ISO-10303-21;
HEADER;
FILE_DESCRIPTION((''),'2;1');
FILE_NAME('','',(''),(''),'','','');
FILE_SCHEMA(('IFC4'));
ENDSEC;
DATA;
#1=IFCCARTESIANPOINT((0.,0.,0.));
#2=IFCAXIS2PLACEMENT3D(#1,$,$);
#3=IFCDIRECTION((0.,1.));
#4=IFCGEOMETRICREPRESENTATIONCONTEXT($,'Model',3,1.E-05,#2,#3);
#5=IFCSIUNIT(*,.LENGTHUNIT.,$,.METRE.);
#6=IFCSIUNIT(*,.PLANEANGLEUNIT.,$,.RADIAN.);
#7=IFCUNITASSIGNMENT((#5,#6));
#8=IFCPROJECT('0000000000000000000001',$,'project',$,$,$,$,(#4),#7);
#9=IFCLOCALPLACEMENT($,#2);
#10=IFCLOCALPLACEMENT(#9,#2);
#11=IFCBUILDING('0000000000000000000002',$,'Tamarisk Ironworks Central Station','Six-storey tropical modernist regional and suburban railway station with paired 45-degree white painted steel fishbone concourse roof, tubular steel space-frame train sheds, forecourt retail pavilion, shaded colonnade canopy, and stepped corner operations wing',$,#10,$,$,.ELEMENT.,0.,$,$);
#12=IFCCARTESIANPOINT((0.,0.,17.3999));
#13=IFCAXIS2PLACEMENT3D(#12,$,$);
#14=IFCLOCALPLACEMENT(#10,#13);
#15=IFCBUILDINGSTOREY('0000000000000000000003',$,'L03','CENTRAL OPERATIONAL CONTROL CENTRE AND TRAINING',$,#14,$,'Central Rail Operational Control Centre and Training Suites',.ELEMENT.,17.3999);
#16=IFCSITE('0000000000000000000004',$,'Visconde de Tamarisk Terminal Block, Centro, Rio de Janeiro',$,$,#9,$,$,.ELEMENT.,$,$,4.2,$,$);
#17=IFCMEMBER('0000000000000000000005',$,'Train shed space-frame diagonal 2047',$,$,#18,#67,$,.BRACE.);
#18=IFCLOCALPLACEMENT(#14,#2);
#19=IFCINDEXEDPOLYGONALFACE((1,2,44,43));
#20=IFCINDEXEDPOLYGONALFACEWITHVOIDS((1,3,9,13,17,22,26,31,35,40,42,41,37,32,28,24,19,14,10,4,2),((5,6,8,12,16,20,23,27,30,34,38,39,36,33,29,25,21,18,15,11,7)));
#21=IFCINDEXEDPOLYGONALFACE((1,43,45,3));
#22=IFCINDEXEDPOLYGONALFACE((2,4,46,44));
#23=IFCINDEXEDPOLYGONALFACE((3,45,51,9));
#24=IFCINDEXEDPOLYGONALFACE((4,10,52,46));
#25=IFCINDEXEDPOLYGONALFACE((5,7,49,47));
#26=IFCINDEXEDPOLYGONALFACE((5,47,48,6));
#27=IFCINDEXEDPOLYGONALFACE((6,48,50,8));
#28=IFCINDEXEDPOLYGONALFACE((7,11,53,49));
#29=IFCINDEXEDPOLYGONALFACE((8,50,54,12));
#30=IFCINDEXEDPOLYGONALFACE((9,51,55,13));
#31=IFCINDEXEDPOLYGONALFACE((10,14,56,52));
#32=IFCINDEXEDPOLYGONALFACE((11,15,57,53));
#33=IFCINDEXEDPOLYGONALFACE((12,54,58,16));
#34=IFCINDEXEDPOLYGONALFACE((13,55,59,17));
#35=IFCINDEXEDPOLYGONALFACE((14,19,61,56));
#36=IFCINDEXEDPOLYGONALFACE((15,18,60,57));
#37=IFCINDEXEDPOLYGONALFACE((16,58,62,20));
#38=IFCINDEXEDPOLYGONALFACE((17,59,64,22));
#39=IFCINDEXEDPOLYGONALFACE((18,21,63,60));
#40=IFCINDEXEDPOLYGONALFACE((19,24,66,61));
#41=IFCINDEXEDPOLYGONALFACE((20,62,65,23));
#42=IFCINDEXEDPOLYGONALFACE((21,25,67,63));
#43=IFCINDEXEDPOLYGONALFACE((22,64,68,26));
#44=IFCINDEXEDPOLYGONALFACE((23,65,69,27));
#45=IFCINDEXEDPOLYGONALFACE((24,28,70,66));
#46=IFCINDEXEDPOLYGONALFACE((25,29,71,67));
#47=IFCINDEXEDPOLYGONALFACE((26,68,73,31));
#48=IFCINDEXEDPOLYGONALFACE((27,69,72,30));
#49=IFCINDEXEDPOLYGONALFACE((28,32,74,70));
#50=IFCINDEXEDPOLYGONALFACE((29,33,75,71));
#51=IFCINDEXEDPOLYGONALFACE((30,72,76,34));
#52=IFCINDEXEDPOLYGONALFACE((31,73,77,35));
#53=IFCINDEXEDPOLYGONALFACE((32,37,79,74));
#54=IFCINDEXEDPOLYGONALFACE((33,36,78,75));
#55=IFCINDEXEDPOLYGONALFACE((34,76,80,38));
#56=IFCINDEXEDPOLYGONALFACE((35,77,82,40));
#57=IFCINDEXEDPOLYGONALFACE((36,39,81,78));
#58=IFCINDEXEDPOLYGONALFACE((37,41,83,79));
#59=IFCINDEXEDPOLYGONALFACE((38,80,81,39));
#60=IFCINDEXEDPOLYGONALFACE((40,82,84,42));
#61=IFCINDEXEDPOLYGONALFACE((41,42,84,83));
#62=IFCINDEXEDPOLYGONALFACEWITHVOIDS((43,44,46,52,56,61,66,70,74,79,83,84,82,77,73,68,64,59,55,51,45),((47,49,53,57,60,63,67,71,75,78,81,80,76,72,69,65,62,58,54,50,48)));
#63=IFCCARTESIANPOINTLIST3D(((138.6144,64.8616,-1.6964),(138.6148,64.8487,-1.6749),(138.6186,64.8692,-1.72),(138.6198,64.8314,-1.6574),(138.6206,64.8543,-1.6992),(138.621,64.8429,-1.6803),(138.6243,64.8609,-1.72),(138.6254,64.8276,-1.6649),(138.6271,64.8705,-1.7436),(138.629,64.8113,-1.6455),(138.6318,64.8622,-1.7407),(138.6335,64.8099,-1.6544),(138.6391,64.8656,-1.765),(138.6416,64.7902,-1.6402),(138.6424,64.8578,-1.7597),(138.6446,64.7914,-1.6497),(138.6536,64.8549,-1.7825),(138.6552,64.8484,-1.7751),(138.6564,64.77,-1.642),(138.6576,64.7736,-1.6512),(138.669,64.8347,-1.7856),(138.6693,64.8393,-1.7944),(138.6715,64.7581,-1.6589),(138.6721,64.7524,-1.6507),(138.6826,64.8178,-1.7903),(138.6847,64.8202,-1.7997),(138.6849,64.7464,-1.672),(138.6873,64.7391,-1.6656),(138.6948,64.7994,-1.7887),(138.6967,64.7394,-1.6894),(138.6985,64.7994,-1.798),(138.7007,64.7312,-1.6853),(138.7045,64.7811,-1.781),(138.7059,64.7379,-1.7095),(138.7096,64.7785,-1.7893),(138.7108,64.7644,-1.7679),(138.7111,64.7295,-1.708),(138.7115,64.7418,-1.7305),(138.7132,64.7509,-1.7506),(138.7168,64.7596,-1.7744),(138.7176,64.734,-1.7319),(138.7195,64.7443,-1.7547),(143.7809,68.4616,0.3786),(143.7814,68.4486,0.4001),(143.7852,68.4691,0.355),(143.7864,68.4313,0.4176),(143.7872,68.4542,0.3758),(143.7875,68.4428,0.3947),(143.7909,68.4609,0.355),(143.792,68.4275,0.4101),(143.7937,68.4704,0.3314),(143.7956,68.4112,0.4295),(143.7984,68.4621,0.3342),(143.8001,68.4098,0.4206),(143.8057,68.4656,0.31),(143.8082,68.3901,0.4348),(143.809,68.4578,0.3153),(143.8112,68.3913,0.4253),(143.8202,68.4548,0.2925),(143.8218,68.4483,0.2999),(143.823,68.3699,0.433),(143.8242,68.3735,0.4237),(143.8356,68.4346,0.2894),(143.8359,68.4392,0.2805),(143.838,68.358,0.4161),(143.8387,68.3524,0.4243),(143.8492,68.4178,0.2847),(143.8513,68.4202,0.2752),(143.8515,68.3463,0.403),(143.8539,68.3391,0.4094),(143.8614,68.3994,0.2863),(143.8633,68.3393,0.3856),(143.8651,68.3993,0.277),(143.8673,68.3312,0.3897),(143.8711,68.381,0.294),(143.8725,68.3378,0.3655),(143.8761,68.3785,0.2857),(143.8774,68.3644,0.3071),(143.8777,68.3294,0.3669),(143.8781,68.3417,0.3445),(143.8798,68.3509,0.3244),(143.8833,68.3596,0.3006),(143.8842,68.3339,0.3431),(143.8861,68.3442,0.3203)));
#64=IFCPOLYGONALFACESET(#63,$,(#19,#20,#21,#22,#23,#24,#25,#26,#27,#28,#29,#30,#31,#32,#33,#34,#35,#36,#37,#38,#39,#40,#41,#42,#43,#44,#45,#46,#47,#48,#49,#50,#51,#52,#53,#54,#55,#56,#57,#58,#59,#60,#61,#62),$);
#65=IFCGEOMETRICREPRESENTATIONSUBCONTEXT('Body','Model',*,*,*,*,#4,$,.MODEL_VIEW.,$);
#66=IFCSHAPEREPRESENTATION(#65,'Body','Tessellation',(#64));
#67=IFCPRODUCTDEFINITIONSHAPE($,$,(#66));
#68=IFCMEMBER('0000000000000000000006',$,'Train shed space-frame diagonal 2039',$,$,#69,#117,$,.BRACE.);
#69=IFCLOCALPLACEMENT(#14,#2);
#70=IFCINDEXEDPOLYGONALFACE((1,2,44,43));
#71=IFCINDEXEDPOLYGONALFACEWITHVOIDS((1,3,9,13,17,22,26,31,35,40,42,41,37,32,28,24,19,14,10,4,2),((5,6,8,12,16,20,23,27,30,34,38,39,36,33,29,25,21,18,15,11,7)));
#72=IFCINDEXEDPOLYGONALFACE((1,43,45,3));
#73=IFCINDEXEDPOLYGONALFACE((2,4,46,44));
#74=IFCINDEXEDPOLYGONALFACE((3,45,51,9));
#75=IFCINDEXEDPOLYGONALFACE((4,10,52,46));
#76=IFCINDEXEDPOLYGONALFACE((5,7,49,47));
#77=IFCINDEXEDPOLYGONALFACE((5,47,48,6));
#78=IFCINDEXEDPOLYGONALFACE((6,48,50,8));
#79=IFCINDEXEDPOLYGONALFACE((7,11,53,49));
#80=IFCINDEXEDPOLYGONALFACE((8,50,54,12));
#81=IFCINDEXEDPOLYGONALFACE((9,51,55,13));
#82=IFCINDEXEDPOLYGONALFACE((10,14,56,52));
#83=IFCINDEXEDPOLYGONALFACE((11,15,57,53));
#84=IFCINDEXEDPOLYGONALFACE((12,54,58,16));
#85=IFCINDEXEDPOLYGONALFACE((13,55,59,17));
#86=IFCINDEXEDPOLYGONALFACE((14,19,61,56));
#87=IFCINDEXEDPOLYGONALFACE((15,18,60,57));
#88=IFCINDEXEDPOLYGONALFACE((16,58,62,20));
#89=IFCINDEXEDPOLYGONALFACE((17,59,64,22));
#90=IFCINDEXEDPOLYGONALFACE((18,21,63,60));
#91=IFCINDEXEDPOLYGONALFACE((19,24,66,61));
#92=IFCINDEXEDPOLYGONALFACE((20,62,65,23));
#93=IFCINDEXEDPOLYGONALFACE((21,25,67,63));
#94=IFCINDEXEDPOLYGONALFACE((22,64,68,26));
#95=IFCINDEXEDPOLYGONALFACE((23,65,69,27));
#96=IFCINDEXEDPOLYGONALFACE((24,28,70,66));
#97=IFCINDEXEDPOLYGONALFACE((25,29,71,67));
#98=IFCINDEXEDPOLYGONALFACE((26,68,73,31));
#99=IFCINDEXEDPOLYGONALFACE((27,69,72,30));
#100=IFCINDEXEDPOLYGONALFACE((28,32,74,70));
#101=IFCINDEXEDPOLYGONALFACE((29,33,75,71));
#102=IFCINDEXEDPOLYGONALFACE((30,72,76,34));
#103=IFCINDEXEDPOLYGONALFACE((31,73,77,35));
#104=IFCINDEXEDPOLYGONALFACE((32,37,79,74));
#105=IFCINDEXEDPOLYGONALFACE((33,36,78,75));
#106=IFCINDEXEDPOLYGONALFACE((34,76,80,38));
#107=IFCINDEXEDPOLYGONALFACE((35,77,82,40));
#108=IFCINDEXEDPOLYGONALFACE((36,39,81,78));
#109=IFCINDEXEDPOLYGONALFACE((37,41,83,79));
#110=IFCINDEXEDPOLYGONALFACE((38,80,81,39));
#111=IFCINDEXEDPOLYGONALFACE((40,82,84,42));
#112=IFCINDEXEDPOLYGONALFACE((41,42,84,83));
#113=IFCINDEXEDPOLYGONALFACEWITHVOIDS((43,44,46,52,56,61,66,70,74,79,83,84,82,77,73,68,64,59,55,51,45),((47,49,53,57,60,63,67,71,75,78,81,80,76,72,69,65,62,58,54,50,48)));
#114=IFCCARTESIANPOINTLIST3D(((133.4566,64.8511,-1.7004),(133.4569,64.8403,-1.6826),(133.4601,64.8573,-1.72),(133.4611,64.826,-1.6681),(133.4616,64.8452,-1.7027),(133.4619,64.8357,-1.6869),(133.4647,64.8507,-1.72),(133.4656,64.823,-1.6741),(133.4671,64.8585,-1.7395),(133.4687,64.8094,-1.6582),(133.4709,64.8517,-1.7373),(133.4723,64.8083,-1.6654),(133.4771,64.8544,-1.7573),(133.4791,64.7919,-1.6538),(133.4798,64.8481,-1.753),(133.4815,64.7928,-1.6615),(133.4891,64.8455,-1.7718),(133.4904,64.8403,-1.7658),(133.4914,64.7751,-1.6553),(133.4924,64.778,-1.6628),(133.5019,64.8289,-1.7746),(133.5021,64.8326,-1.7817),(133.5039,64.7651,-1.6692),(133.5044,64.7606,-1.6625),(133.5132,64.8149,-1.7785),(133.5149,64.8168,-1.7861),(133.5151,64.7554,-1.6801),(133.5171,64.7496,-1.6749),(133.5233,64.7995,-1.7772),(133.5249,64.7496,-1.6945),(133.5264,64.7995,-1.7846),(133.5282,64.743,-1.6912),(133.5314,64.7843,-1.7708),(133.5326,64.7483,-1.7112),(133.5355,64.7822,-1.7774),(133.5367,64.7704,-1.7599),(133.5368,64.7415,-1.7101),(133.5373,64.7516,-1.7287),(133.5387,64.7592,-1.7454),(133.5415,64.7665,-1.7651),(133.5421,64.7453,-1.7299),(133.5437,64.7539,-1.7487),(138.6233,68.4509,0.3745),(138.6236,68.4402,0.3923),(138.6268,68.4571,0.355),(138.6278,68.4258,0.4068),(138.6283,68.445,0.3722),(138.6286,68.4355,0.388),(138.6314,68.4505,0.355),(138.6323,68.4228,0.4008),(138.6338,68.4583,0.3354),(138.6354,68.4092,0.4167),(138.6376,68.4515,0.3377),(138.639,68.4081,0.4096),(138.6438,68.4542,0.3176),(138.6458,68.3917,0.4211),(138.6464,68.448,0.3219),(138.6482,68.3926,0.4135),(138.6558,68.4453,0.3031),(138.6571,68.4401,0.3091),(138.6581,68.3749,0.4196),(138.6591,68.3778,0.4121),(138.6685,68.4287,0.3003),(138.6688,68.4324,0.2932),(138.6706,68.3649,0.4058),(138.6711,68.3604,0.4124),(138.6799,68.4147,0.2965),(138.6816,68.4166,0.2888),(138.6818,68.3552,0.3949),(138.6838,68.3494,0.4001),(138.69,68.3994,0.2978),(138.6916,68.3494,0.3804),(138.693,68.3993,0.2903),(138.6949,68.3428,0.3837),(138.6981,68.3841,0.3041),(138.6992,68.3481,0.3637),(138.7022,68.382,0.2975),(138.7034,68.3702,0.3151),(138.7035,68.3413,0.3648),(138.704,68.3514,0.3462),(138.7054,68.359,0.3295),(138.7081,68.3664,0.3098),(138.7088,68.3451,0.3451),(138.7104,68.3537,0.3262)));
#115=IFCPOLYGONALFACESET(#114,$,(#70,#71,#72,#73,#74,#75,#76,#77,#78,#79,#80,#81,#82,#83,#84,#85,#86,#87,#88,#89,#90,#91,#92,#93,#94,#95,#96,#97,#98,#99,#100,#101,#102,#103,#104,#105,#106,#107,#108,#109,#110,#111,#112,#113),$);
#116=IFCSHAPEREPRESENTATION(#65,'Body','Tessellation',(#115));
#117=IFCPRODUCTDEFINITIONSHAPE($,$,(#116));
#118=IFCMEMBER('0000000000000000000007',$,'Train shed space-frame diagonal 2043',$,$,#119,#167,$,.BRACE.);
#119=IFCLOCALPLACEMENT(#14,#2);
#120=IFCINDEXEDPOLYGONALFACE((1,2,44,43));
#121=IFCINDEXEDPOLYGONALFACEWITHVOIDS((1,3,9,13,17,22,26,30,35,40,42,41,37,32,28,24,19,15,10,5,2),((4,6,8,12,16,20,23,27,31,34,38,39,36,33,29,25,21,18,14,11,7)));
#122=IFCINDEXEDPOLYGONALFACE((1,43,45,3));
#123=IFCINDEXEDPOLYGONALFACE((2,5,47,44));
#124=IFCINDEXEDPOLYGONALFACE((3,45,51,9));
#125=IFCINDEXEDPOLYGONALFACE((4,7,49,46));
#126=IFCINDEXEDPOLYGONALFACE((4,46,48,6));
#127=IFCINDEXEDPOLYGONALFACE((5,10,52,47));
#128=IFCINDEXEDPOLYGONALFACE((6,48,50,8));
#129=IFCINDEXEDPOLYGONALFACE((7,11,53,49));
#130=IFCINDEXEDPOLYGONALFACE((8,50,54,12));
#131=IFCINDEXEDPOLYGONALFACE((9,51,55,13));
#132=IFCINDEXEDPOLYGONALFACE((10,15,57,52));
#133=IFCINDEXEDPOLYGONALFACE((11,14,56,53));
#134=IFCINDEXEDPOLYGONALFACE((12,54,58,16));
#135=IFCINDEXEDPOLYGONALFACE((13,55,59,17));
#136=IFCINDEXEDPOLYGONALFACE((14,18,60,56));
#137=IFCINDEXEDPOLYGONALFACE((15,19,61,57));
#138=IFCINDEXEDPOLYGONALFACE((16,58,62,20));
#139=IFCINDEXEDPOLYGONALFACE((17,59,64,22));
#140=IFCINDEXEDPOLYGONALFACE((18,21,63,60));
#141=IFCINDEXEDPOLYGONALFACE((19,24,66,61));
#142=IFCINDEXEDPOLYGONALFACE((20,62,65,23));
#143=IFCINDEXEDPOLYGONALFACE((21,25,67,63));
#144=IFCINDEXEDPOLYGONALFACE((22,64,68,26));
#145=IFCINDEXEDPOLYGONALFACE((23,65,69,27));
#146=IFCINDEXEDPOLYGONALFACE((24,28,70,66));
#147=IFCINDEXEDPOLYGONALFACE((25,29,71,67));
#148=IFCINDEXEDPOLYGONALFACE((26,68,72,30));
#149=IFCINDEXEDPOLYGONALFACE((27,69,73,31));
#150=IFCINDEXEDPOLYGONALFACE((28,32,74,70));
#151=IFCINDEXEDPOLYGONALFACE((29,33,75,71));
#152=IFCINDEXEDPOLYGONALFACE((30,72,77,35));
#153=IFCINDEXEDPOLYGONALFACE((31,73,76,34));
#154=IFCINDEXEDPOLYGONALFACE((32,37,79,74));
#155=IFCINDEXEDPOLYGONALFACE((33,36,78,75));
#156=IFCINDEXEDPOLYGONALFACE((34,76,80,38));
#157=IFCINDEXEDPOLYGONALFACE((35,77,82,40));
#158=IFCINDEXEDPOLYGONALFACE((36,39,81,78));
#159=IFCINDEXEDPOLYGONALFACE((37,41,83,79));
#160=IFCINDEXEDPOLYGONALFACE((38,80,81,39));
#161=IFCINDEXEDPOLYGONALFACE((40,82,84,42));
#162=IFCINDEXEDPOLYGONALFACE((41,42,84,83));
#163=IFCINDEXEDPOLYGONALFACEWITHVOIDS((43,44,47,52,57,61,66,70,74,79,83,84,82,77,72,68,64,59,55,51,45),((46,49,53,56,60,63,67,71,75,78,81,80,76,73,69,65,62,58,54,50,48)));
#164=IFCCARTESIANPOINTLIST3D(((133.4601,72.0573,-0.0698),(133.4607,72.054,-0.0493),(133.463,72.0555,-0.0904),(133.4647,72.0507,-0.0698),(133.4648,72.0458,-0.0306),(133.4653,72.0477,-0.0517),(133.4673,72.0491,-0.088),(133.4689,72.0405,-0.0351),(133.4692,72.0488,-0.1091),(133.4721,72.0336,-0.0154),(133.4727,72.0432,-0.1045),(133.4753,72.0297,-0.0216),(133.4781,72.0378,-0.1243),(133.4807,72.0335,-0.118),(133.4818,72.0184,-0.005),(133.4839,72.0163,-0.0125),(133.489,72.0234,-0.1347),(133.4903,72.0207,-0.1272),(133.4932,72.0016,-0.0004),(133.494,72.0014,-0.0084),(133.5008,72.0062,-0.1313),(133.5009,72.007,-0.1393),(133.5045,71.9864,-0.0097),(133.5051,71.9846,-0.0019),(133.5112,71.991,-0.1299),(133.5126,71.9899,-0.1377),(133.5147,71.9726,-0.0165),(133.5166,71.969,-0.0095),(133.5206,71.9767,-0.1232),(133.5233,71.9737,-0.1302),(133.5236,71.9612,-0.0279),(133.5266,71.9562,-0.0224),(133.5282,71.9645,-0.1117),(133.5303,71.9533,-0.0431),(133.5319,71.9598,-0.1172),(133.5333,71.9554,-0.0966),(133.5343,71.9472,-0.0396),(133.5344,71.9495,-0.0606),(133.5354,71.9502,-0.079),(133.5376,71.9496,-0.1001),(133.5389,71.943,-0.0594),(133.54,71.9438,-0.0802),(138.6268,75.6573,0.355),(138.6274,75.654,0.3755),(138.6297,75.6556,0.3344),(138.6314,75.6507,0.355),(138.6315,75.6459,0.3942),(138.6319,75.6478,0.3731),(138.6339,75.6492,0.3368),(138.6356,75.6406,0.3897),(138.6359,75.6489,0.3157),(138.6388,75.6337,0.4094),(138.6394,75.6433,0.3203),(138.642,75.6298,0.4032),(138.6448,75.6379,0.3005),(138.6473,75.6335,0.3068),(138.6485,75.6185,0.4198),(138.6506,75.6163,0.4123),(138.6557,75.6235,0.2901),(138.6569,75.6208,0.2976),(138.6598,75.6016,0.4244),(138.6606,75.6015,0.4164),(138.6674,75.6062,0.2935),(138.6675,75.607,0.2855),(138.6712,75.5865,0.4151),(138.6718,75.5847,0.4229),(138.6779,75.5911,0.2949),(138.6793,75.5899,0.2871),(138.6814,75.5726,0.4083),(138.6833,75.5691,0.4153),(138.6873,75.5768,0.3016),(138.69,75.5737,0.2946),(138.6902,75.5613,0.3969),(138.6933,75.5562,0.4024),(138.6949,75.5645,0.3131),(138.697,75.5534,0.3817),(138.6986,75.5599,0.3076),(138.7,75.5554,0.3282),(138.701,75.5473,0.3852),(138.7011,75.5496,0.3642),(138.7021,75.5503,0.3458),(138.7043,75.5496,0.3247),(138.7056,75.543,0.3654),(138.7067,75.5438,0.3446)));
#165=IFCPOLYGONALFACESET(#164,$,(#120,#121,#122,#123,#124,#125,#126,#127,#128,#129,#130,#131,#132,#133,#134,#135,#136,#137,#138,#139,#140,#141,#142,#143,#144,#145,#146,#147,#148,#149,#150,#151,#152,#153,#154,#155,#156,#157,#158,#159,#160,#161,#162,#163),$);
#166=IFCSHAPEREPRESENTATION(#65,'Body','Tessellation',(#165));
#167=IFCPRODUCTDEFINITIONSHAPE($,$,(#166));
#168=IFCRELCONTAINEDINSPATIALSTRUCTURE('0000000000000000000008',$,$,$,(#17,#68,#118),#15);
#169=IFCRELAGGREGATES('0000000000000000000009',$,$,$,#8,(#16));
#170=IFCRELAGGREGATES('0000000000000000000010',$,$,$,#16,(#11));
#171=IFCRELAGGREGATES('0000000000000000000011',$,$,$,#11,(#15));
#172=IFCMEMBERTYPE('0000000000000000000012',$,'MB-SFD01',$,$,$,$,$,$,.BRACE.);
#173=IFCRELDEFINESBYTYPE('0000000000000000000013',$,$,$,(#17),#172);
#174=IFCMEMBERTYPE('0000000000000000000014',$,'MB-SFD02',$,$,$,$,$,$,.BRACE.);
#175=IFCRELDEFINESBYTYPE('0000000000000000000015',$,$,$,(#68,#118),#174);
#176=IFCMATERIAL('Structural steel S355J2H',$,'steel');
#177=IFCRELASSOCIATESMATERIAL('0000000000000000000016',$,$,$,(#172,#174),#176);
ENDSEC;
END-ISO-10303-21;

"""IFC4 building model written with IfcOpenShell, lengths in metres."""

from ifc_helpers import new_model, si_unit, direction, frame, origin, origin_2d, place, context, subcontext, project, spatial, hollow_circle, extrude, material, material_profile, profile_set, type_object, element, save


model = new_model("IFC4")

# Units and contexts
model_context = context("Model", 3, precision=1e-05, world=origin(), true_north=direction((0.0, 1.0)))
body_context = subcontext(model_context, "Body", "Model", "MODEL_VIEW")
ifc_project = project(units=[si_unit("LENGTHUNIT", "METRE"), si_unit("PLANEANGLEUNIT", "RADIAN")], contexts=[model_context])

# Site, building, storey
site_placement = place(None, origin())
site = spatial("IfcSite", under=ifc_project, at=site_placement, Name="Visconde de Tamarisk Terminal Block, Centro, Rio de Janeiro", CompositionType="ELEMENT", RefElevation=4.2)
building_placement = place(site_placement, origin())
building = spatial("IfcBuilding", under=site, at=building_placement, Name="Tamarisk Ironworks Central Station", Description="Six-storey tropical modernist regional and suburban railway station with paired 45-degree white painted steel fishbone concourse roof, tubular steel space-frame train sheds, forecourt retail pavilion, shaded colonnade canopy, and stepped corner operations wing", CompositionType="ELEMENT", ElevationOfRefHeight=0.0)
storey_placement = place(building_placement, frame((0.0, 0.0, 17.3999)))
storey = spatial("IfcBuildingStorey", under=building, at=storey_placement, Name="L03", Description="CENTRAL OPERATIONAL CONTROL CENTRE AND TRAINING", LongName="Central Rail Operational Control Centre and Training Suites", CompositionType="ELEMENT", Elevation=17.3999)

# Members
ifc_material = material(Name="Structural steel S355J2H", Category="steel")
ifc_material_profile_1 = material_profile(ifc_material, hollow_circle(Radius=0.0842, WallThickness=0.01, at=origin_2d()), Name="CHS 168.3x10")
ifc_profile_set_1 = profile_set([ifc_material_profile_1], Name="Structural steel S355J2H")
member_type_1 = type_object("IfcMemberType", Name="MB-SFD01", PredefinedType="BRACE", material=ifc_profile_set_1)
member_1_placement = place(storey_placement, frame((138.6667, 64.8, -1.72), z_axis=(0.779259, 0.542963, 0.312963), x_axis=(-0.571681, 0.820476, 0.0)))
element("IfcMember", 1, at=member_1_placement, inside=storey, type_object=member_type_1, Name="Train shed space-frame diagonal 2047", PredefinedType="BRACE", context=body_context, shape_type="SweptSolid", body=[
    extrude(hollow_circle(Radius=0.0842, WallThickness=0.01, at=origin_2d()), origin(), (0.0, 0.0, 1.0), 6.6301),
])
ifc_material_profile_2 = material_profile(ifc_material, hollow_circle(Radius=0.0698, WallThickness=0.0081, at=origin_2d()), Name="CHS 139.7x8")
ifc_profile_set_2 = profile_set([ifc_material_profile_2], Name="Structural steel S355J2H")
member_type_2 = type_object("IfcMemberType", Name="MB-SFD02", PredefinedType="BRACE", material=ifc_profile_set_2)
member_2_placement = place(storey_placement, frame((133.5, 64.8, -1.72), z_axis=(0.779274, 0.542947, 0.312954), x_axis=(-0.571663, 0.820489, 0.0)))
element("IfcMember", 2, at=member_2_placement, inside=storey, type_object=member_type_2, Name="Train shed space-frame diagonal 2039", PredefinedType="BRACE", context=body_context, shape_type="SweptSolid", body=[
    extrude(hollow_circle(Radius=0.0698, WallThickness=0.0081, at=origin_2d()), origin(), (0.0, 0.0, 1.0), 6.6301),
])
member_3_placement = place(storey_placement, frame((133.5, 72.0, -0.0698), z_axis=(0.81861, 0.570393, 0.067305), x_axis=(-0.571689, 0.82047, 0.0)))
element("IfcMember", 3, at=member_3_placement, inside=storey, type_object=member_type_2, Name="Train shed space-frame diagonal 2043", PredefinedType="BRACE", context=body_context, shape_type="SweptSolid", body=[
    extrude(hollow_circle(Radius=0.0698, WallThickness=0.0081, at=origin_2d()), origin(), (0.0, 0.0, 1.0), 6.3115),
])

save(model, "model.ifc")
